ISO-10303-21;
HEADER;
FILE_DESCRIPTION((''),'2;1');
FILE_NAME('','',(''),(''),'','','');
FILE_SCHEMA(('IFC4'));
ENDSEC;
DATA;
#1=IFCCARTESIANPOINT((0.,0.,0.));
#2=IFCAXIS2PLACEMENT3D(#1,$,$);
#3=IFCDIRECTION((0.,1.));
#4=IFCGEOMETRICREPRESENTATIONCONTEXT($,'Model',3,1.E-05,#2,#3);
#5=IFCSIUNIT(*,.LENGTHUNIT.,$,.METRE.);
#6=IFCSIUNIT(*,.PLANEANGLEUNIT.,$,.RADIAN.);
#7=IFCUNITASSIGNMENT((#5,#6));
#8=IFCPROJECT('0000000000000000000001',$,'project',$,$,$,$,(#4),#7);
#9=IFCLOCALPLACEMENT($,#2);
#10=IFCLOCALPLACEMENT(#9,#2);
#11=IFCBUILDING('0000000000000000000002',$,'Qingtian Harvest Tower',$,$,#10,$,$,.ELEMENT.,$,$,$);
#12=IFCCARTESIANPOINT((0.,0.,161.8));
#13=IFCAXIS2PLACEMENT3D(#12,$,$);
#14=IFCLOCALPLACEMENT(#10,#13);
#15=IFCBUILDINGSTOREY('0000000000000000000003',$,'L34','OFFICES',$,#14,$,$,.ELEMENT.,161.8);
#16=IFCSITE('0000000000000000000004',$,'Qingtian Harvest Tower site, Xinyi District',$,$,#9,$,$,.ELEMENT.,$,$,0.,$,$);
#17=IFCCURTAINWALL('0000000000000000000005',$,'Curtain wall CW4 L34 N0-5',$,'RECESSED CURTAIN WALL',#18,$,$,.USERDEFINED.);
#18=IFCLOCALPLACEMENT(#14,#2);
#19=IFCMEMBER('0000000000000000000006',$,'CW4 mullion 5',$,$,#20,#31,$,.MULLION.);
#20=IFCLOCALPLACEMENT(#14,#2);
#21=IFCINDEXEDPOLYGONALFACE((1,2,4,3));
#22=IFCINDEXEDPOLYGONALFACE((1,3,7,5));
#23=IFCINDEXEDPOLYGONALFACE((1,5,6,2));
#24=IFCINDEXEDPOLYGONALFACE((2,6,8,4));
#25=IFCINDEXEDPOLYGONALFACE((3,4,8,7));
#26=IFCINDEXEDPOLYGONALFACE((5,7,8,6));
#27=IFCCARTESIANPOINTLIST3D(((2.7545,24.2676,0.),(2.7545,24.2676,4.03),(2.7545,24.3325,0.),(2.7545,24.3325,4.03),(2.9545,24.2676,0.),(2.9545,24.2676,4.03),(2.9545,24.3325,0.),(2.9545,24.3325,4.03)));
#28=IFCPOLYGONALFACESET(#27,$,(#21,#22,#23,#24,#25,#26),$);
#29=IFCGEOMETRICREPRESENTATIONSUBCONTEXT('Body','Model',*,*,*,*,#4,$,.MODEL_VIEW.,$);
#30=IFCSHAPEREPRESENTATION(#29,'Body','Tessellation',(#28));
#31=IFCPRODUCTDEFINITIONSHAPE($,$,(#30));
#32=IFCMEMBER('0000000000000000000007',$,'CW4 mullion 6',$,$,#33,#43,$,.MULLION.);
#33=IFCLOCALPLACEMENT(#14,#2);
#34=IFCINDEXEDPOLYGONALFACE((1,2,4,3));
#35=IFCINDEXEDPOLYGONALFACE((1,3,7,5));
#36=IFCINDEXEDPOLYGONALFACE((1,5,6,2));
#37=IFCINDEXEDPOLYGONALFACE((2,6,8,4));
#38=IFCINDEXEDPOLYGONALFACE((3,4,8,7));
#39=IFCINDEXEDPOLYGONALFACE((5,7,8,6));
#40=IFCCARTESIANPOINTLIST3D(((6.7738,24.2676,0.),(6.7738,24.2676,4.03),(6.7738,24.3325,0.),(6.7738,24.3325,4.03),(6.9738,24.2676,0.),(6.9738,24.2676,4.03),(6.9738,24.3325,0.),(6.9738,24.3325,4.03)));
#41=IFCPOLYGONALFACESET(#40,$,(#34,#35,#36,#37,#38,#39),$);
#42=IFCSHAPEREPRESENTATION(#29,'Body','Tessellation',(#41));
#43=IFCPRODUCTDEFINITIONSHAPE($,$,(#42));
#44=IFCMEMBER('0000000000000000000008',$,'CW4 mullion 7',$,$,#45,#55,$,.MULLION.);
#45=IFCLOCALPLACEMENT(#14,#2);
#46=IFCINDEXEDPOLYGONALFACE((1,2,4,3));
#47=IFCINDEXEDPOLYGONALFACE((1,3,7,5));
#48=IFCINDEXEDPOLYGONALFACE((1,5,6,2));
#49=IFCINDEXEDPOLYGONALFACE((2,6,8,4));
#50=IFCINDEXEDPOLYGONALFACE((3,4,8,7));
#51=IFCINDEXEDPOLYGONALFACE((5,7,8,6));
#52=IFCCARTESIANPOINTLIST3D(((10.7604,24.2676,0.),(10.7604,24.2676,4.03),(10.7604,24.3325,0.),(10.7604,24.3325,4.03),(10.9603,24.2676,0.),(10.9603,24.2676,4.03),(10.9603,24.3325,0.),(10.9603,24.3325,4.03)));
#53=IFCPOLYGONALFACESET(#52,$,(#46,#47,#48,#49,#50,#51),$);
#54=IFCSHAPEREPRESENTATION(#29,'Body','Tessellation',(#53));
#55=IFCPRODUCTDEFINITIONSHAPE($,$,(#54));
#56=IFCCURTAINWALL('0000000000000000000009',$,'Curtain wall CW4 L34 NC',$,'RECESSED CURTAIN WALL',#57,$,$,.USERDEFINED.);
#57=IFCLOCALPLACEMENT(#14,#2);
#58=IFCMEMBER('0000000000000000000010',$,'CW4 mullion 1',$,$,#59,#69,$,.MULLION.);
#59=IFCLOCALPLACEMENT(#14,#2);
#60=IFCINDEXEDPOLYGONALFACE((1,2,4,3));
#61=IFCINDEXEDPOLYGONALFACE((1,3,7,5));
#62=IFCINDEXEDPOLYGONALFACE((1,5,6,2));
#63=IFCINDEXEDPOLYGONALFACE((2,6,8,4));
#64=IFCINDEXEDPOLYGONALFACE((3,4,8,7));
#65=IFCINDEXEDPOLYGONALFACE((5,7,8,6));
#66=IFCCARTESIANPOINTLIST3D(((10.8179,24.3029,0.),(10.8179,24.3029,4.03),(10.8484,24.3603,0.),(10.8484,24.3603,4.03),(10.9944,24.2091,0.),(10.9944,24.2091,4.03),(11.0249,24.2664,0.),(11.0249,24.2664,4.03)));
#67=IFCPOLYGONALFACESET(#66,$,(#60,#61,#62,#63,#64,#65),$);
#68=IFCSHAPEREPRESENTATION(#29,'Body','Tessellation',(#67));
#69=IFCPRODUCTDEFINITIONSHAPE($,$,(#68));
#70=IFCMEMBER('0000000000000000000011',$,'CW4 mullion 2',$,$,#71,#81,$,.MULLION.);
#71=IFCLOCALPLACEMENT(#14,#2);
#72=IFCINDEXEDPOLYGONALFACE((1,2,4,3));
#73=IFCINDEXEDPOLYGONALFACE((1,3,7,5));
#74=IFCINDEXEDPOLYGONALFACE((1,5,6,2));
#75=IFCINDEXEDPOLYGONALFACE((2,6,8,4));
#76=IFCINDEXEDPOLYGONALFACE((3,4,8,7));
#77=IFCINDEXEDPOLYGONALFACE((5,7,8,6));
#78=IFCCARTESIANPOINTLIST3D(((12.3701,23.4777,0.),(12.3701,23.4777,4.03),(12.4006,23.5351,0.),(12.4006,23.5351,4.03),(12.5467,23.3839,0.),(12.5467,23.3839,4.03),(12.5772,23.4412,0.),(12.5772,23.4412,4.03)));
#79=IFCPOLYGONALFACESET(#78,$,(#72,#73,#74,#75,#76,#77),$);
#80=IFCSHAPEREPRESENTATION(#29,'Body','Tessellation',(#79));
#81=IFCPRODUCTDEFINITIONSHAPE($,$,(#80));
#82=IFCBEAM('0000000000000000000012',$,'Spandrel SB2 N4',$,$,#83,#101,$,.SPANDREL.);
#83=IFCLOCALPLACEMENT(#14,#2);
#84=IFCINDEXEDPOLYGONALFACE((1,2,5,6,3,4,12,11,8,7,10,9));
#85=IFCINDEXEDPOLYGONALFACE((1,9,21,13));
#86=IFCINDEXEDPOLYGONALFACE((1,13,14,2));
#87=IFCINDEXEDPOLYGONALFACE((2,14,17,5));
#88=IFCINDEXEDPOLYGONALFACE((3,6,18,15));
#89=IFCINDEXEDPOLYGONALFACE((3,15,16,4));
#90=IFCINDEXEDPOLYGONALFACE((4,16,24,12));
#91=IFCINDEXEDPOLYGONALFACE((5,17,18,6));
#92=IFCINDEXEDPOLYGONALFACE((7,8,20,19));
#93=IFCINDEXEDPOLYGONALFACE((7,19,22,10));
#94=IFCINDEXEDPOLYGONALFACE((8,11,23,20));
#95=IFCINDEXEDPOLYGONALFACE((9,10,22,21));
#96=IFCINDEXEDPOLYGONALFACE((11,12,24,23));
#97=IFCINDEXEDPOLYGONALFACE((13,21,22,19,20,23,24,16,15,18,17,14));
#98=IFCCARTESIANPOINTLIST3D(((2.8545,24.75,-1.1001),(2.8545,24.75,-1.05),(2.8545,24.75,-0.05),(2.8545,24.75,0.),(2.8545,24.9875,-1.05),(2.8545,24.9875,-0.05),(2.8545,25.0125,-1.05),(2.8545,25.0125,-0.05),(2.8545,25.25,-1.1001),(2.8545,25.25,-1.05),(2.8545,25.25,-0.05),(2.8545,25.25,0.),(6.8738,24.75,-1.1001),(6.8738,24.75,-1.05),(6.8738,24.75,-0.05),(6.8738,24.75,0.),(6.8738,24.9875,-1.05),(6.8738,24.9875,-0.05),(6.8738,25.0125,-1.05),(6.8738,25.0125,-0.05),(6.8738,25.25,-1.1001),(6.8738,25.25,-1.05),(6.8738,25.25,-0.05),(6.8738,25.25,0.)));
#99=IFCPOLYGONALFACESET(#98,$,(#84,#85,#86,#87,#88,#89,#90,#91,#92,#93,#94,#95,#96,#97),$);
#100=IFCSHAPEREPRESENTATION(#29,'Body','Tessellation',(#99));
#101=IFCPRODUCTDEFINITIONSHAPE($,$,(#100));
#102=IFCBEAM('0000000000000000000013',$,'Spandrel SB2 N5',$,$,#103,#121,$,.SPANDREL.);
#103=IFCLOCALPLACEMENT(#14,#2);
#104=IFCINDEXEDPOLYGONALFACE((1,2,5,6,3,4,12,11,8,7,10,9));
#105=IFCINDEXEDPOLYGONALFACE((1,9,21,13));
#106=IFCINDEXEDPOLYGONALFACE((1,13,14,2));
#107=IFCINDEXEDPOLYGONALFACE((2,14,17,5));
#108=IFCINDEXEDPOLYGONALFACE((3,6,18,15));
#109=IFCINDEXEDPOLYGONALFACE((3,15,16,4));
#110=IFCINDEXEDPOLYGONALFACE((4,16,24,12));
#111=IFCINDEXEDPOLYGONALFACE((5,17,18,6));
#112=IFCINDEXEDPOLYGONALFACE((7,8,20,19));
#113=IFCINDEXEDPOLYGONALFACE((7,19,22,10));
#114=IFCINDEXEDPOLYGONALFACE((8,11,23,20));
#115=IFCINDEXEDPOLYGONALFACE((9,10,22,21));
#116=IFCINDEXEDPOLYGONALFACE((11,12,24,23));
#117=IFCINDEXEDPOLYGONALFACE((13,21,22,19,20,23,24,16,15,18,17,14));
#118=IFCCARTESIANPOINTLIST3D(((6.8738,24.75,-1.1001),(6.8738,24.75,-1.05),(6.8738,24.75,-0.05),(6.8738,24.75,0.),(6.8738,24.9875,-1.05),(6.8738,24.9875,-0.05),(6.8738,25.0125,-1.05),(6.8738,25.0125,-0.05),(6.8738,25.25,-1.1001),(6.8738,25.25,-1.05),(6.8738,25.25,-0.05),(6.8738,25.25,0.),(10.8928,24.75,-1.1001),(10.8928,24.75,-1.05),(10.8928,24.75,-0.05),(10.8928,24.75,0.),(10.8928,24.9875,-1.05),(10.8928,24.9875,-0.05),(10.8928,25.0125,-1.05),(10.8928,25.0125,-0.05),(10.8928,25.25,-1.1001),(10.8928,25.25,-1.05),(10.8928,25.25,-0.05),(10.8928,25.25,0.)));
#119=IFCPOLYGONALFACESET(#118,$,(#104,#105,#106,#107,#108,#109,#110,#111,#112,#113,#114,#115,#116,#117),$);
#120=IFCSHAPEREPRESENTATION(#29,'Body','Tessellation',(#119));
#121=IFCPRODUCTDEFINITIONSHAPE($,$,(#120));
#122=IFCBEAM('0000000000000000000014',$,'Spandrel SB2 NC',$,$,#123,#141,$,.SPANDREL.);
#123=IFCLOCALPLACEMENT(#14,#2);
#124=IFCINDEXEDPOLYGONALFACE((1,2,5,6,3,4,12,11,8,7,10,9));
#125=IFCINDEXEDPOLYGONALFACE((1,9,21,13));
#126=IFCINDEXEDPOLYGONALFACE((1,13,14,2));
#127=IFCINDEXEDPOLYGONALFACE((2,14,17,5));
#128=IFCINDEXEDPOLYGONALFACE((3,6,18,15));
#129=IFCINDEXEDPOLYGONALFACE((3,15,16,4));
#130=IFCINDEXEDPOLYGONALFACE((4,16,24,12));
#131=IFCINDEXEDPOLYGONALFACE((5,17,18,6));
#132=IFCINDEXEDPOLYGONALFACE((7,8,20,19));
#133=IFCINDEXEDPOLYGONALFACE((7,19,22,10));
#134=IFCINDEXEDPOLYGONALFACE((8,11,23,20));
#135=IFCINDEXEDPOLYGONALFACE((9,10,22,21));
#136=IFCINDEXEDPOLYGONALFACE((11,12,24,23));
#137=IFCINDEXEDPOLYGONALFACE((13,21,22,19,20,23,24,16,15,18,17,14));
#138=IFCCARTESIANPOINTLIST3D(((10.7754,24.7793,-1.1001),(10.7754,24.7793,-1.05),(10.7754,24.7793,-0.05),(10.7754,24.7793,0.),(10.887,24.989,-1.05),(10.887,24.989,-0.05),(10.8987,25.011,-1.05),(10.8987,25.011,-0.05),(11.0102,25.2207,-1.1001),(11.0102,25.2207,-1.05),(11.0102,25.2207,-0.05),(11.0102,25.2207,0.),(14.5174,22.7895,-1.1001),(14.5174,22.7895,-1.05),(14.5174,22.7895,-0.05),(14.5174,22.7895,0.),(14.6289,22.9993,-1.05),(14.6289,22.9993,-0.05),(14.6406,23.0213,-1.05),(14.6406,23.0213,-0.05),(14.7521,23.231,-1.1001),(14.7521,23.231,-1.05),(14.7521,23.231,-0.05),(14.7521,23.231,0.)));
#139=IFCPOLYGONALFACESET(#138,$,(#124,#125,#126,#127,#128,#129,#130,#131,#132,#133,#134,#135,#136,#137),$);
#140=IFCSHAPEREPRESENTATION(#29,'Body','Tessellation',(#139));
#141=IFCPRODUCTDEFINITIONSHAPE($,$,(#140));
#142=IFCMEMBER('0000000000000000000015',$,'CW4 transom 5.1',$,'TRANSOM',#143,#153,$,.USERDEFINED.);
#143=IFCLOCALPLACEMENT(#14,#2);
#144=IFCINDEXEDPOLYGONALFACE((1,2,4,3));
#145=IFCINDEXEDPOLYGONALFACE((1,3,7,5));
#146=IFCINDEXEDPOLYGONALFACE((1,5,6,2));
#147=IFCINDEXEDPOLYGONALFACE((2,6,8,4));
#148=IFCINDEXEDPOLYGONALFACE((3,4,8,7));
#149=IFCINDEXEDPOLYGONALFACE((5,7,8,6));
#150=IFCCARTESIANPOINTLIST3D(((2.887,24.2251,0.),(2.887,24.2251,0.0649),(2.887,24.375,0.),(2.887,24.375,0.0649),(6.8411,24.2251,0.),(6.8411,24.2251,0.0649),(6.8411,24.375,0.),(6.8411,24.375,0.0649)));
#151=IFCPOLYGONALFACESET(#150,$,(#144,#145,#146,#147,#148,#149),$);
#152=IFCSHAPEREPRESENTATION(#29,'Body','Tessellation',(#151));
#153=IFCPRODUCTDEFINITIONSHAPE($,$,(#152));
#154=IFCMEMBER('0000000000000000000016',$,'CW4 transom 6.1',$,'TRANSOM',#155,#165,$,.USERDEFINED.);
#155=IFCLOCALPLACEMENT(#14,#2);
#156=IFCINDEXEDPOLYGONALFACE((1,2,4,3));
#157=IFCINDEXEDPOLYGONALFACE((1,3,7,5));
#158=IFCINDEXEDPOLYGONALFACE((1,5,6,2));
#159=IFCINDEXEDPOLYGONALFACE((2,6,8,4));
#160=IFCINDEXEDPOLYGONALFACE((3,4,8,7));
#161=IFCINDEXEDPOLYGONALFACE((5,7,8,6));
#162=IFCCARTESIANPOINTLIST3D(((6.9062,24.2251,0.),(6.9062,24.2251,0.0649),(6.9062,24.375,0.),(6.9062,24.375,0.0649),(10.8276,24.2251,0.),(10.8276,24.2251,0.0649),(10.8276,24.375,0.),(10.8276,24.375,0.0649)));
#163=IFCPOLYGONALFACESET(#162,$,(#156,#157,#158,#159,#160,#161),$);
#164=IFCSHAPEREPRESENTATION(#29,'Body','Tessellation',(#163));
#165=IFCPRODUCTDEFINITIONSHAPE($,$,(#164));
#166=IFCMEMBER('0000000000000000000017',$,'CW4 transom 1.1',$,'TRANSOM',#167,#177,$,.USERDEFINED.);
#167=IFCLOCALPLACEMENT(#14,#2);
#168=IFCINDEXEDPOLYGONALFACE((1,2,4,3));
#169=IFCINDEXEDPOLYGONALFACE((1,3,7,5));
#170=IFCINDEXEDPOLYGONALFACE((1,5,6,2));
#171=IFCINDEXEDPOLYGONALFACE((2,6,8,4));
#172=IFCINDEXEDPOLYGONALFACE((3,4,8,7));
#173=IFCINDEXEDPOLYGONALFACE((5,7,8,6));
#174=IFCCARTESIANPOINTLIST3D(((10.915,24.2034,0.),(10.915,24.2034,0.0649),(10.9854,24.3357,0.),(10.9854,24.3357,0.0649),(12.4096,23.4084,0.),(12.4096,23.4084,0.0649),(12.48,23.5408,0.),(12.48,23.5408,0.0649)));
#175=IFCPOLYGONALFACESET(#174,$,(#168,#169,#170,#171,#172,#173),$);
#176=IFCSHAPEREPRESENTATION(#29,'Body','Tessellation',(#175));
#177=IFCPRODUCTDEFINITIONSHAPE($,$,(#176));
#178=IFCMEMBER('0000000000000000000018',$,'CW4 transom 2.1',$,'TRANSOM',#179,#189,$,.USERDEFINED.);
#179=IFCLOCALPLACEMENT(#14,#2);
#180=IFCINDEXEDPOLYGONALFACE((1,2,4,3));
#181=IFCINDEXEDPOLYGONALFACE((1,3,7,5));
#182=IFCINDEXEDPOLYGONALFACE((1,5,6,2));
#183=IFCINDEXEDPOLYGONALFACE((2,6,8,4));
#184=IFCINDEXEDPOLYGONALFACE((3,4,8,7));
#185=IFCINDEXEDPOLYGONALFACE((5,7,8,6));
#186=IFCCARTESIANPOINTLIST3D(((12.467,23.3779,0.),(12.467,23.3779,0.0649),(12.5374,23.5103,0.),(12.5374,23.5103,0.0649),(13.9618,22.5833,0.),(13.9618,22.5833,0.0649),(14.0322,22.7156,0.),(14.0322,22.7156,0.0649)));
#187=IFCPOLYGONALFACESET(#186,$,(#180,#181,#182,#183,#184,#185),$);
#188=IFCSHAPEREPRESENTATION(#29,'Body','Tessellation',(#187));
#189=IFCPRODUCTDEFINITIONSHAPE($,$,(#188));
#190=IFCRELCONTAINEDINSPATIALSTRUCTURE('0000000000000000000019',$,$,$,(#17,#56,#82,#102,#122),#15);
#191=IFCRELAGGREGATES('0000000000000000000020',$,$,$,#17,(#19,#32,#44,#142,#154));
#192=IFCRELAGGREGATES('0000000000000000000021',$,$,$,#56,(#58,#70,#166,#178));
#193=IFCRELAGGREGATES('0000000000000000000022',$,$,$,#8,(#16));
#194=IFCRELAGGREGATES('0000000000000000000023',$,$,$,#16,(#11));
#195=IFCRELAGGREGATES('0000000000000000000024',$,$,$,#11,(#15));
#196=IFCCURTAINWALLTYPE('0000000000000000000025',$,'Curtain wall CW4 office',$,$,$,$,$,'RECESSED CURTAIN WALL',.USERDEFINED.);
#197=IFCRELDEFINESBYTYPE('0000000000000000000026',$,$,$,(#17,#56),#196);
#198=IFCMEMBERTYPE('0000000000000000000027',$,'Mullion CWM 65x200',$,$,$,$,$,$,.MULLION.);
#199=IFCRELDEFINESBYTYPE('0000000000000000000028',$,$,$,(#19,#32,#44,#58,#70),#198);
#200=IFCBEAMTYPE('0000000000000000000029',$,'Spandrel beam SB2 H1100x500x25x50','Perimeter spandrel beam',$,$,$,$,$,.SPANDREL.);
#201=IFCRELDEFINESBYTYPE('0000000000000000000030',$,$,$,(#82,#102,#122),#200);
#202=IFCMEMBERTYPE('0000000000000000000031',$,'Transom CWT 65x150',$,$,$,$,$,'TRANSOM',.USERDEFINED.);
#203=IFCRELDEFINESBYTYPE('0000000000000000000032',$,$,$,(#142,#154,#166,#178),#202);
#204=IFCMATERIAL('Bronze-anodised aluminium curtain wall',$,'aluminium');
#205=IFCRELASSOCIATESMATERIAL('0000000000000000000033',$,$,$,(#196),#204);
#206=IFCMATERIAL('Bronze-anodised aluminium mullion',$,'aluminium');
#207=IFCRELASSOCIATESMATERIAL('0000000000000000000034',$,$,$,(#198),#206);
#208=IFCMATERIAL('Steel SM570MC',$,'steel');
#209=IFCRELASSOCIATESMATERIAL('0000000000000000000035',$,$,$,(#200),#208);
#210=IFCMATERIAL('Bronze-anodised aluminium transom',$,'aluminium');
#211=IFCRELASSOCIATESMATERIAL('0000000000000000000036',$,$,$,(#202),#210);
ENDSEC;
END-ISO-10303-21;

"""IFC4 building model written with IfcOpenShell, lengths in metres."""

from ifc_helpers import new_model, si_unit, direction, frame, origin, origin_2d, place, context, subcontext, project, spatial, rectangle, i_section, extrude, material, material_profile, profile_set, type_object, element, aggregate, save


model = new_model("IFC4")

# Units and contexts
model_context = context("Model", 3, precision=1e-05, world=origin(), true_north=direction((0.0, 1.0)))
body_context = subcontext(model_context, "Body", "Model", "MODEL_VIEW")
ifc_project = project(units=[si_unit("LENGTHUNIT", "METRE"), si_unit("PLANEANGLEUNIT", "RADIAN")], contexts=[model_context])

# Site, building, storey
site_placement = place(None, origin())
site = spatial("IfcSite", under=ifc_project, at=site_placement, Name="Qingtian Harvest Tower site, Xinyi District", CompositionType="ELEMENT", RefElevation=0.0)
building_placement = place(site_placement, origin())
building = spatial("IfcBuilding", under=site, at=building_placement, Name="Qingtian Harvest Tower", CompositionType="ELEMENT")
storey_placement = place(building_placement, frame((0.0, 0.0, 161.8)))
storey = spatial("IfcBuildingStorey", under=building, at=storey_placement, Name="L34", Description="OFFICES", CompositionType="ELEMENT", Elevation=161.8)

# Curtain walls, members
ifc_material_1 = material(Name="Bronze-anodised aluminium curtain wall", Category="aluminium")
curtain_wall_type = type_object("IfcCurtainWallType", Name="Curtain wall CW4 office", ElementType="RECESSED CURTAIN WALL", PredefinedType="USERDEFINED", material=ifc_material_1)
curtain_wall_1_placement = place(storey_placement, origin())
curtain_wall_1 = element("IfcCurtainWall", 1, at=curtain_wall_1_placement, inside=storey, type_object=curtain_wall_type, Name="Curtain wall CW4 L34 N0-5", ObjectType="RECESSED CURTAIN WALL", PredefinedType="USERDEFINED")
ifc_material_2 = material(Name="Bronze-anodised aluminium mullion", Category="aluminium")
ifc_material_profile_1 = material_profile(ifc_material_2, rectangle(XDim=0.0649, YDim=0.2, at=origin_2d()), Name="AL 65x200")
ifc_profile_set_1 = profile_set([ifc_material_profile_1], Name="Bronze-anodised aluminium mullion")
member_type_1 = type_object("IfcMemberType", Name="Mullion CWM 65x200", PredefinedType="MULLION", material=ifc_profile_set_1)
member_1_placement = place(storey_placement, frame((2.8545, 24.3, 0.0), z_axis=(0.0, 0.0, 1.0), x_axis=(0.0, 1.0, 0.0)))
member_1 = element("IfcMember", 2, at=member_1_placement, type_object=member_type_1, Name="CW4 mullion 5", PredefinedType="MULLION", context=body_context, shape_type="SweptSolid", body=[
    extrude(rectangle(XDim=0.0649, YDim=0.2, at=origin_2d()), origin(), (0.0, 0.0, 1.0), 4.03),
])
member_2_placement = place(storey_placement, frame((6.8738, 24.3, 0.0), z_axis=(0.0, 0.0, 1.0), x_axis=(0.0, 1.0, 0.0)))
member_2 = element("IfcMember", 3, at=member_2_placement, type_object=member_type_1, Name="CW4 mullion 6", PredefinedType="MULLION", context=body_context, shape_type="SweptSolid", body=[
    extrude(rectangle(XDim=0.0649, YDim=0.2, at=origin_2d()), origin(), (0.0, 0.0, 1.0), 4.03),
])
member_3_placement = place(storey_placement, frame((10.8604, 24.3, 0.0), z_axis=(0.0, 0.0, 1.0), x_axis=(0.0, 1.0, 0.0)))
member_3 = element("IfcMember", 4, at=member_3_placement, type_object=member_type_1, Name="CW4 mullion 7", PredefinedType="MULLION", context=body_context, shape_type="SweptSolid", body=[
    extrude(rectangle(XDim=0.0649, YDim=0.2, at=origin_2d()), origin(), (0.0, 0.0, 1.0), 4.03),
])
curtain_wall_2_placement = place(storey_placement, origin())
curtain_wall_2 = element("IfcCurtainWall", 5, at=curtain_wall_2_placement, inside=storey, type_object=curtain_wall_type, Name="Curtain wall CW4 L34 NC", ObjectType="RECESSED CURTAIN WALL", PredefinedType="USERDEFINED")
member_4_placement = place(storey_placement, frame((10.9214, 24.2847, 0.0), z_axis=(0.0, 0.0, 1.0), x_axis=(0.469472, 0.882948, 0.0)))
member_4 = element("IfcMember", 6, at=member_4_placement, type_object=member_type_1, Name="CW4 mullion 1", PredefinedType="MULLION", context=body_context, shape_type="SweptSolid", body=[
    extrude(rectangle(XDim=0.0649, YDim=0.2, at=origin_2d()), origin(), (0.0, 0.0, 1.0), 4.03),
])
member_5_placement = place(storey_placement, frame((12.4736, 23.4595, 0.0), z_axis=(0.0, 0.0, 1.0), x_axis=(0.469472, 0.882948, 0.0)))
member_5 = element("IfcMember", 7, at=member_5_placement, type_object=member_type_1, Name="CW4 mullion 2", PredefinedType="MULLION", context=body_context, shape_type="SweptSolid", body=[
    extrude(rectangle(XDim=0.0649, YDim=0.2, at=origin_2d()), origin(), (0.0, 0.0, 1.0), 4.03),
])

# Beams
ifc_material_3 = material(Name="Steel SM570MC", Category="steel")
ifc_material_profile_2 = material_profile(ifc_material_3, i_section(OverallWidth=0.5, OverallDepth=1.1001, WebThickness=0.0249, FlangeThickness=0.05, at=origin_2d()), Name="H1100x500x25x50")
ifc_profile_set_2 = profile_set([ifc_material_profile_2], Name="Steel SM570MC")
beam_type_1 = type_object("IfcBeamType", Name="Spandrel beam SB2 H1100x500x25x50", Description="Perimeter spandrel beam", PredefinedType="SPANDREL", material=ifc_profile_set_2)
beam_1_placement = place(storey_placement, frame((2.8545, 25.0, -0.55), z_axis=(1.0, 0.0, 0.0), x_axis=(0.0, 1.0, 0.0)))
element("IfcBeam", 8, at=beam_1_placement, inside=storey, type_object=beam_type_1, Name="Spandrel SB2 N4", PredefinedType="SPANDREL", context=body_context, shape_type="SweptSolid", body=[
    extrude(i_section(OverallWidth=0.5, OverallDepth=1.1001, WebThickness=0.0249, FlangeThickness=0.05, at=origin_2d()), origin(), (0.0, 0.0, 1.0), 4.0193),
])
beam_2_placement = place(storey_placement, frame((6.8738, 25.0, -0.55), z_axis=(1.0, 0.0, 0.0), x_axis=(0.0, 1.0, 0.0)))
element("IfcBeam", 9, at=beam_2_placement, inside=storey, type_object=beam_type_1, Name="Spandrel SB2 N5", PredefinedType="SPANDREL", context=body_context, shape_type="SweptSolid", body=[
    extrude(i_section(OverallWidth=0.5, OverallDepth=1.1001, WebThickness=0.0249, FlangeThickness=0.05, at=origin_2d()), origin(), (0.0, 0.0, 1.0), 4.019),
])
beam_3_placement = place(storey_placement, frame((10.8928, 25.0, -0.55), z_axis=(0.882936, -0.469494, 0.0), x_axis=(0.469494, 0.882936, 0.0)))
element("IfcBeam", 10, at=beam_3_placement, inside=storey, type_object=beam_type_1, Name="Spandrel SB2 NC", PredefinedType="SPANDREL", context=body_context, shape_type="SweptSolid", body=[
    extrude(i_section(OverallWidth=0.5, OverallDepth=1.1001, WebThickness=0.0249, FlangeThickness=0.05, at=origin_2d()), origin(), (0.0, 0.0, 1.0), 4.238),
])

# Members
ifc_material_4 = material(Name="Bronze-anodised aluminium transom", Category="aluminium")
ifc_material_profile_3 = material_profile(ifc_material_4, rectangle(XDim=0.1499, YDim=0.0649, at=origin_2d()), Name="AL 65x150")
ifc_profile_set_3 = profile_set([ifc_material_profile_3], Name="Bronze-anodised aluminium transom")
member_type_2 = type_object("IfcMemberType", Name="Transom CWT 65x150", ElementType="TRANSOM", PredefinedType="USERDEFINED", material=ifc_profile_set_3)
member_6_placement = place(storey_placement, frame((2.887, 24.3, 0.0325), z_axis=(1.0, 0.0, 0.0), x_axis=(0.0, 1.0, 0.0)))
member_6 = element("IfcMember", 11, at=member_6_placement, type_object=member_type_2, Name="CW4 transom 5.1", ObjectType="TRANSOM", PredefinedType="USERDEFINED", context=body_context, shape_type="SweptSolid", body=[
    extrude(rectangle(XDim=0.1499, YDim=0.0649, at=origin_2d()), origin(), (0.0, 0.0, 1.0), 3.9541),
])
member_7_placement = place(storey_placement, frame((6.9062, 24.3, 0.0325), z_axis=(1.0, 0.0, 0.0), x_axis=(0.0, 1.0, 0.0)))
member_7 = element("IfcMember", 12, at=member_7_placement, type_object=member_type_2, Name="CW4 transom 6.1", ObjectType="TRANSOM", PredefinedType="USERDEFINED", context=body_context, shape_type="SweptSolid", body=[
    extrude(rectangle(XDim=0.1499, YDim=0.0649, at=origin_2d()), origin(), (0.0, 0.0, 1.0), 3.9214),
])
member_8_placement = place(storey_placement, frame((10.9502, 24.2695, 0.0325), z_axis=(0.882895, -0.46957, 0.0), x_axis=(0.46957, 0.882895, 0.0)))
member_8 = element("IfcMember", 13, at=member_8_placement, type_object=member_type_2, Name="CW4 transom 1.1", ObjectType="TRANSOM", PredefinedType="USERDEFINED", context=body_context, shape_type="SweptSolid", body=[
    extrude(rectangle(XDim=0.1499, YDim=0.0649, at=origin_2d()), origin(), (0.0, 0.0, 1.0), 1.6929),
])
member_9_placement = place(storey_placement, frame((12.5022, 23.4441, 0.0325), z_axis=(0.882987, -0.469398, 0.0), x_axis=(0.469398, 0.882987, 0.0)))
member_9 = element("IfcMember", 14, at=member_9_placement, type_object=member_type_2, Name="CW4 transom 2.1", ObjectType="TRANSOM", PredefinedType="USERDEFINED", context=body_context, shape_type="SweptSolid", body=[
    extrude(rectangle(XDim=0.1499, YDim=0.0649, at=origin_2d()), origin(), (0.0, 0.0, 1.0), 1.6929),
])

aggregate(curtain_wall_1, [member_1, member_2, member_3, member_6, member_7])
aggregate(curtain_wall_2, [member_4, member_5, member_8, member_9])

save(model, "model.ifc")
